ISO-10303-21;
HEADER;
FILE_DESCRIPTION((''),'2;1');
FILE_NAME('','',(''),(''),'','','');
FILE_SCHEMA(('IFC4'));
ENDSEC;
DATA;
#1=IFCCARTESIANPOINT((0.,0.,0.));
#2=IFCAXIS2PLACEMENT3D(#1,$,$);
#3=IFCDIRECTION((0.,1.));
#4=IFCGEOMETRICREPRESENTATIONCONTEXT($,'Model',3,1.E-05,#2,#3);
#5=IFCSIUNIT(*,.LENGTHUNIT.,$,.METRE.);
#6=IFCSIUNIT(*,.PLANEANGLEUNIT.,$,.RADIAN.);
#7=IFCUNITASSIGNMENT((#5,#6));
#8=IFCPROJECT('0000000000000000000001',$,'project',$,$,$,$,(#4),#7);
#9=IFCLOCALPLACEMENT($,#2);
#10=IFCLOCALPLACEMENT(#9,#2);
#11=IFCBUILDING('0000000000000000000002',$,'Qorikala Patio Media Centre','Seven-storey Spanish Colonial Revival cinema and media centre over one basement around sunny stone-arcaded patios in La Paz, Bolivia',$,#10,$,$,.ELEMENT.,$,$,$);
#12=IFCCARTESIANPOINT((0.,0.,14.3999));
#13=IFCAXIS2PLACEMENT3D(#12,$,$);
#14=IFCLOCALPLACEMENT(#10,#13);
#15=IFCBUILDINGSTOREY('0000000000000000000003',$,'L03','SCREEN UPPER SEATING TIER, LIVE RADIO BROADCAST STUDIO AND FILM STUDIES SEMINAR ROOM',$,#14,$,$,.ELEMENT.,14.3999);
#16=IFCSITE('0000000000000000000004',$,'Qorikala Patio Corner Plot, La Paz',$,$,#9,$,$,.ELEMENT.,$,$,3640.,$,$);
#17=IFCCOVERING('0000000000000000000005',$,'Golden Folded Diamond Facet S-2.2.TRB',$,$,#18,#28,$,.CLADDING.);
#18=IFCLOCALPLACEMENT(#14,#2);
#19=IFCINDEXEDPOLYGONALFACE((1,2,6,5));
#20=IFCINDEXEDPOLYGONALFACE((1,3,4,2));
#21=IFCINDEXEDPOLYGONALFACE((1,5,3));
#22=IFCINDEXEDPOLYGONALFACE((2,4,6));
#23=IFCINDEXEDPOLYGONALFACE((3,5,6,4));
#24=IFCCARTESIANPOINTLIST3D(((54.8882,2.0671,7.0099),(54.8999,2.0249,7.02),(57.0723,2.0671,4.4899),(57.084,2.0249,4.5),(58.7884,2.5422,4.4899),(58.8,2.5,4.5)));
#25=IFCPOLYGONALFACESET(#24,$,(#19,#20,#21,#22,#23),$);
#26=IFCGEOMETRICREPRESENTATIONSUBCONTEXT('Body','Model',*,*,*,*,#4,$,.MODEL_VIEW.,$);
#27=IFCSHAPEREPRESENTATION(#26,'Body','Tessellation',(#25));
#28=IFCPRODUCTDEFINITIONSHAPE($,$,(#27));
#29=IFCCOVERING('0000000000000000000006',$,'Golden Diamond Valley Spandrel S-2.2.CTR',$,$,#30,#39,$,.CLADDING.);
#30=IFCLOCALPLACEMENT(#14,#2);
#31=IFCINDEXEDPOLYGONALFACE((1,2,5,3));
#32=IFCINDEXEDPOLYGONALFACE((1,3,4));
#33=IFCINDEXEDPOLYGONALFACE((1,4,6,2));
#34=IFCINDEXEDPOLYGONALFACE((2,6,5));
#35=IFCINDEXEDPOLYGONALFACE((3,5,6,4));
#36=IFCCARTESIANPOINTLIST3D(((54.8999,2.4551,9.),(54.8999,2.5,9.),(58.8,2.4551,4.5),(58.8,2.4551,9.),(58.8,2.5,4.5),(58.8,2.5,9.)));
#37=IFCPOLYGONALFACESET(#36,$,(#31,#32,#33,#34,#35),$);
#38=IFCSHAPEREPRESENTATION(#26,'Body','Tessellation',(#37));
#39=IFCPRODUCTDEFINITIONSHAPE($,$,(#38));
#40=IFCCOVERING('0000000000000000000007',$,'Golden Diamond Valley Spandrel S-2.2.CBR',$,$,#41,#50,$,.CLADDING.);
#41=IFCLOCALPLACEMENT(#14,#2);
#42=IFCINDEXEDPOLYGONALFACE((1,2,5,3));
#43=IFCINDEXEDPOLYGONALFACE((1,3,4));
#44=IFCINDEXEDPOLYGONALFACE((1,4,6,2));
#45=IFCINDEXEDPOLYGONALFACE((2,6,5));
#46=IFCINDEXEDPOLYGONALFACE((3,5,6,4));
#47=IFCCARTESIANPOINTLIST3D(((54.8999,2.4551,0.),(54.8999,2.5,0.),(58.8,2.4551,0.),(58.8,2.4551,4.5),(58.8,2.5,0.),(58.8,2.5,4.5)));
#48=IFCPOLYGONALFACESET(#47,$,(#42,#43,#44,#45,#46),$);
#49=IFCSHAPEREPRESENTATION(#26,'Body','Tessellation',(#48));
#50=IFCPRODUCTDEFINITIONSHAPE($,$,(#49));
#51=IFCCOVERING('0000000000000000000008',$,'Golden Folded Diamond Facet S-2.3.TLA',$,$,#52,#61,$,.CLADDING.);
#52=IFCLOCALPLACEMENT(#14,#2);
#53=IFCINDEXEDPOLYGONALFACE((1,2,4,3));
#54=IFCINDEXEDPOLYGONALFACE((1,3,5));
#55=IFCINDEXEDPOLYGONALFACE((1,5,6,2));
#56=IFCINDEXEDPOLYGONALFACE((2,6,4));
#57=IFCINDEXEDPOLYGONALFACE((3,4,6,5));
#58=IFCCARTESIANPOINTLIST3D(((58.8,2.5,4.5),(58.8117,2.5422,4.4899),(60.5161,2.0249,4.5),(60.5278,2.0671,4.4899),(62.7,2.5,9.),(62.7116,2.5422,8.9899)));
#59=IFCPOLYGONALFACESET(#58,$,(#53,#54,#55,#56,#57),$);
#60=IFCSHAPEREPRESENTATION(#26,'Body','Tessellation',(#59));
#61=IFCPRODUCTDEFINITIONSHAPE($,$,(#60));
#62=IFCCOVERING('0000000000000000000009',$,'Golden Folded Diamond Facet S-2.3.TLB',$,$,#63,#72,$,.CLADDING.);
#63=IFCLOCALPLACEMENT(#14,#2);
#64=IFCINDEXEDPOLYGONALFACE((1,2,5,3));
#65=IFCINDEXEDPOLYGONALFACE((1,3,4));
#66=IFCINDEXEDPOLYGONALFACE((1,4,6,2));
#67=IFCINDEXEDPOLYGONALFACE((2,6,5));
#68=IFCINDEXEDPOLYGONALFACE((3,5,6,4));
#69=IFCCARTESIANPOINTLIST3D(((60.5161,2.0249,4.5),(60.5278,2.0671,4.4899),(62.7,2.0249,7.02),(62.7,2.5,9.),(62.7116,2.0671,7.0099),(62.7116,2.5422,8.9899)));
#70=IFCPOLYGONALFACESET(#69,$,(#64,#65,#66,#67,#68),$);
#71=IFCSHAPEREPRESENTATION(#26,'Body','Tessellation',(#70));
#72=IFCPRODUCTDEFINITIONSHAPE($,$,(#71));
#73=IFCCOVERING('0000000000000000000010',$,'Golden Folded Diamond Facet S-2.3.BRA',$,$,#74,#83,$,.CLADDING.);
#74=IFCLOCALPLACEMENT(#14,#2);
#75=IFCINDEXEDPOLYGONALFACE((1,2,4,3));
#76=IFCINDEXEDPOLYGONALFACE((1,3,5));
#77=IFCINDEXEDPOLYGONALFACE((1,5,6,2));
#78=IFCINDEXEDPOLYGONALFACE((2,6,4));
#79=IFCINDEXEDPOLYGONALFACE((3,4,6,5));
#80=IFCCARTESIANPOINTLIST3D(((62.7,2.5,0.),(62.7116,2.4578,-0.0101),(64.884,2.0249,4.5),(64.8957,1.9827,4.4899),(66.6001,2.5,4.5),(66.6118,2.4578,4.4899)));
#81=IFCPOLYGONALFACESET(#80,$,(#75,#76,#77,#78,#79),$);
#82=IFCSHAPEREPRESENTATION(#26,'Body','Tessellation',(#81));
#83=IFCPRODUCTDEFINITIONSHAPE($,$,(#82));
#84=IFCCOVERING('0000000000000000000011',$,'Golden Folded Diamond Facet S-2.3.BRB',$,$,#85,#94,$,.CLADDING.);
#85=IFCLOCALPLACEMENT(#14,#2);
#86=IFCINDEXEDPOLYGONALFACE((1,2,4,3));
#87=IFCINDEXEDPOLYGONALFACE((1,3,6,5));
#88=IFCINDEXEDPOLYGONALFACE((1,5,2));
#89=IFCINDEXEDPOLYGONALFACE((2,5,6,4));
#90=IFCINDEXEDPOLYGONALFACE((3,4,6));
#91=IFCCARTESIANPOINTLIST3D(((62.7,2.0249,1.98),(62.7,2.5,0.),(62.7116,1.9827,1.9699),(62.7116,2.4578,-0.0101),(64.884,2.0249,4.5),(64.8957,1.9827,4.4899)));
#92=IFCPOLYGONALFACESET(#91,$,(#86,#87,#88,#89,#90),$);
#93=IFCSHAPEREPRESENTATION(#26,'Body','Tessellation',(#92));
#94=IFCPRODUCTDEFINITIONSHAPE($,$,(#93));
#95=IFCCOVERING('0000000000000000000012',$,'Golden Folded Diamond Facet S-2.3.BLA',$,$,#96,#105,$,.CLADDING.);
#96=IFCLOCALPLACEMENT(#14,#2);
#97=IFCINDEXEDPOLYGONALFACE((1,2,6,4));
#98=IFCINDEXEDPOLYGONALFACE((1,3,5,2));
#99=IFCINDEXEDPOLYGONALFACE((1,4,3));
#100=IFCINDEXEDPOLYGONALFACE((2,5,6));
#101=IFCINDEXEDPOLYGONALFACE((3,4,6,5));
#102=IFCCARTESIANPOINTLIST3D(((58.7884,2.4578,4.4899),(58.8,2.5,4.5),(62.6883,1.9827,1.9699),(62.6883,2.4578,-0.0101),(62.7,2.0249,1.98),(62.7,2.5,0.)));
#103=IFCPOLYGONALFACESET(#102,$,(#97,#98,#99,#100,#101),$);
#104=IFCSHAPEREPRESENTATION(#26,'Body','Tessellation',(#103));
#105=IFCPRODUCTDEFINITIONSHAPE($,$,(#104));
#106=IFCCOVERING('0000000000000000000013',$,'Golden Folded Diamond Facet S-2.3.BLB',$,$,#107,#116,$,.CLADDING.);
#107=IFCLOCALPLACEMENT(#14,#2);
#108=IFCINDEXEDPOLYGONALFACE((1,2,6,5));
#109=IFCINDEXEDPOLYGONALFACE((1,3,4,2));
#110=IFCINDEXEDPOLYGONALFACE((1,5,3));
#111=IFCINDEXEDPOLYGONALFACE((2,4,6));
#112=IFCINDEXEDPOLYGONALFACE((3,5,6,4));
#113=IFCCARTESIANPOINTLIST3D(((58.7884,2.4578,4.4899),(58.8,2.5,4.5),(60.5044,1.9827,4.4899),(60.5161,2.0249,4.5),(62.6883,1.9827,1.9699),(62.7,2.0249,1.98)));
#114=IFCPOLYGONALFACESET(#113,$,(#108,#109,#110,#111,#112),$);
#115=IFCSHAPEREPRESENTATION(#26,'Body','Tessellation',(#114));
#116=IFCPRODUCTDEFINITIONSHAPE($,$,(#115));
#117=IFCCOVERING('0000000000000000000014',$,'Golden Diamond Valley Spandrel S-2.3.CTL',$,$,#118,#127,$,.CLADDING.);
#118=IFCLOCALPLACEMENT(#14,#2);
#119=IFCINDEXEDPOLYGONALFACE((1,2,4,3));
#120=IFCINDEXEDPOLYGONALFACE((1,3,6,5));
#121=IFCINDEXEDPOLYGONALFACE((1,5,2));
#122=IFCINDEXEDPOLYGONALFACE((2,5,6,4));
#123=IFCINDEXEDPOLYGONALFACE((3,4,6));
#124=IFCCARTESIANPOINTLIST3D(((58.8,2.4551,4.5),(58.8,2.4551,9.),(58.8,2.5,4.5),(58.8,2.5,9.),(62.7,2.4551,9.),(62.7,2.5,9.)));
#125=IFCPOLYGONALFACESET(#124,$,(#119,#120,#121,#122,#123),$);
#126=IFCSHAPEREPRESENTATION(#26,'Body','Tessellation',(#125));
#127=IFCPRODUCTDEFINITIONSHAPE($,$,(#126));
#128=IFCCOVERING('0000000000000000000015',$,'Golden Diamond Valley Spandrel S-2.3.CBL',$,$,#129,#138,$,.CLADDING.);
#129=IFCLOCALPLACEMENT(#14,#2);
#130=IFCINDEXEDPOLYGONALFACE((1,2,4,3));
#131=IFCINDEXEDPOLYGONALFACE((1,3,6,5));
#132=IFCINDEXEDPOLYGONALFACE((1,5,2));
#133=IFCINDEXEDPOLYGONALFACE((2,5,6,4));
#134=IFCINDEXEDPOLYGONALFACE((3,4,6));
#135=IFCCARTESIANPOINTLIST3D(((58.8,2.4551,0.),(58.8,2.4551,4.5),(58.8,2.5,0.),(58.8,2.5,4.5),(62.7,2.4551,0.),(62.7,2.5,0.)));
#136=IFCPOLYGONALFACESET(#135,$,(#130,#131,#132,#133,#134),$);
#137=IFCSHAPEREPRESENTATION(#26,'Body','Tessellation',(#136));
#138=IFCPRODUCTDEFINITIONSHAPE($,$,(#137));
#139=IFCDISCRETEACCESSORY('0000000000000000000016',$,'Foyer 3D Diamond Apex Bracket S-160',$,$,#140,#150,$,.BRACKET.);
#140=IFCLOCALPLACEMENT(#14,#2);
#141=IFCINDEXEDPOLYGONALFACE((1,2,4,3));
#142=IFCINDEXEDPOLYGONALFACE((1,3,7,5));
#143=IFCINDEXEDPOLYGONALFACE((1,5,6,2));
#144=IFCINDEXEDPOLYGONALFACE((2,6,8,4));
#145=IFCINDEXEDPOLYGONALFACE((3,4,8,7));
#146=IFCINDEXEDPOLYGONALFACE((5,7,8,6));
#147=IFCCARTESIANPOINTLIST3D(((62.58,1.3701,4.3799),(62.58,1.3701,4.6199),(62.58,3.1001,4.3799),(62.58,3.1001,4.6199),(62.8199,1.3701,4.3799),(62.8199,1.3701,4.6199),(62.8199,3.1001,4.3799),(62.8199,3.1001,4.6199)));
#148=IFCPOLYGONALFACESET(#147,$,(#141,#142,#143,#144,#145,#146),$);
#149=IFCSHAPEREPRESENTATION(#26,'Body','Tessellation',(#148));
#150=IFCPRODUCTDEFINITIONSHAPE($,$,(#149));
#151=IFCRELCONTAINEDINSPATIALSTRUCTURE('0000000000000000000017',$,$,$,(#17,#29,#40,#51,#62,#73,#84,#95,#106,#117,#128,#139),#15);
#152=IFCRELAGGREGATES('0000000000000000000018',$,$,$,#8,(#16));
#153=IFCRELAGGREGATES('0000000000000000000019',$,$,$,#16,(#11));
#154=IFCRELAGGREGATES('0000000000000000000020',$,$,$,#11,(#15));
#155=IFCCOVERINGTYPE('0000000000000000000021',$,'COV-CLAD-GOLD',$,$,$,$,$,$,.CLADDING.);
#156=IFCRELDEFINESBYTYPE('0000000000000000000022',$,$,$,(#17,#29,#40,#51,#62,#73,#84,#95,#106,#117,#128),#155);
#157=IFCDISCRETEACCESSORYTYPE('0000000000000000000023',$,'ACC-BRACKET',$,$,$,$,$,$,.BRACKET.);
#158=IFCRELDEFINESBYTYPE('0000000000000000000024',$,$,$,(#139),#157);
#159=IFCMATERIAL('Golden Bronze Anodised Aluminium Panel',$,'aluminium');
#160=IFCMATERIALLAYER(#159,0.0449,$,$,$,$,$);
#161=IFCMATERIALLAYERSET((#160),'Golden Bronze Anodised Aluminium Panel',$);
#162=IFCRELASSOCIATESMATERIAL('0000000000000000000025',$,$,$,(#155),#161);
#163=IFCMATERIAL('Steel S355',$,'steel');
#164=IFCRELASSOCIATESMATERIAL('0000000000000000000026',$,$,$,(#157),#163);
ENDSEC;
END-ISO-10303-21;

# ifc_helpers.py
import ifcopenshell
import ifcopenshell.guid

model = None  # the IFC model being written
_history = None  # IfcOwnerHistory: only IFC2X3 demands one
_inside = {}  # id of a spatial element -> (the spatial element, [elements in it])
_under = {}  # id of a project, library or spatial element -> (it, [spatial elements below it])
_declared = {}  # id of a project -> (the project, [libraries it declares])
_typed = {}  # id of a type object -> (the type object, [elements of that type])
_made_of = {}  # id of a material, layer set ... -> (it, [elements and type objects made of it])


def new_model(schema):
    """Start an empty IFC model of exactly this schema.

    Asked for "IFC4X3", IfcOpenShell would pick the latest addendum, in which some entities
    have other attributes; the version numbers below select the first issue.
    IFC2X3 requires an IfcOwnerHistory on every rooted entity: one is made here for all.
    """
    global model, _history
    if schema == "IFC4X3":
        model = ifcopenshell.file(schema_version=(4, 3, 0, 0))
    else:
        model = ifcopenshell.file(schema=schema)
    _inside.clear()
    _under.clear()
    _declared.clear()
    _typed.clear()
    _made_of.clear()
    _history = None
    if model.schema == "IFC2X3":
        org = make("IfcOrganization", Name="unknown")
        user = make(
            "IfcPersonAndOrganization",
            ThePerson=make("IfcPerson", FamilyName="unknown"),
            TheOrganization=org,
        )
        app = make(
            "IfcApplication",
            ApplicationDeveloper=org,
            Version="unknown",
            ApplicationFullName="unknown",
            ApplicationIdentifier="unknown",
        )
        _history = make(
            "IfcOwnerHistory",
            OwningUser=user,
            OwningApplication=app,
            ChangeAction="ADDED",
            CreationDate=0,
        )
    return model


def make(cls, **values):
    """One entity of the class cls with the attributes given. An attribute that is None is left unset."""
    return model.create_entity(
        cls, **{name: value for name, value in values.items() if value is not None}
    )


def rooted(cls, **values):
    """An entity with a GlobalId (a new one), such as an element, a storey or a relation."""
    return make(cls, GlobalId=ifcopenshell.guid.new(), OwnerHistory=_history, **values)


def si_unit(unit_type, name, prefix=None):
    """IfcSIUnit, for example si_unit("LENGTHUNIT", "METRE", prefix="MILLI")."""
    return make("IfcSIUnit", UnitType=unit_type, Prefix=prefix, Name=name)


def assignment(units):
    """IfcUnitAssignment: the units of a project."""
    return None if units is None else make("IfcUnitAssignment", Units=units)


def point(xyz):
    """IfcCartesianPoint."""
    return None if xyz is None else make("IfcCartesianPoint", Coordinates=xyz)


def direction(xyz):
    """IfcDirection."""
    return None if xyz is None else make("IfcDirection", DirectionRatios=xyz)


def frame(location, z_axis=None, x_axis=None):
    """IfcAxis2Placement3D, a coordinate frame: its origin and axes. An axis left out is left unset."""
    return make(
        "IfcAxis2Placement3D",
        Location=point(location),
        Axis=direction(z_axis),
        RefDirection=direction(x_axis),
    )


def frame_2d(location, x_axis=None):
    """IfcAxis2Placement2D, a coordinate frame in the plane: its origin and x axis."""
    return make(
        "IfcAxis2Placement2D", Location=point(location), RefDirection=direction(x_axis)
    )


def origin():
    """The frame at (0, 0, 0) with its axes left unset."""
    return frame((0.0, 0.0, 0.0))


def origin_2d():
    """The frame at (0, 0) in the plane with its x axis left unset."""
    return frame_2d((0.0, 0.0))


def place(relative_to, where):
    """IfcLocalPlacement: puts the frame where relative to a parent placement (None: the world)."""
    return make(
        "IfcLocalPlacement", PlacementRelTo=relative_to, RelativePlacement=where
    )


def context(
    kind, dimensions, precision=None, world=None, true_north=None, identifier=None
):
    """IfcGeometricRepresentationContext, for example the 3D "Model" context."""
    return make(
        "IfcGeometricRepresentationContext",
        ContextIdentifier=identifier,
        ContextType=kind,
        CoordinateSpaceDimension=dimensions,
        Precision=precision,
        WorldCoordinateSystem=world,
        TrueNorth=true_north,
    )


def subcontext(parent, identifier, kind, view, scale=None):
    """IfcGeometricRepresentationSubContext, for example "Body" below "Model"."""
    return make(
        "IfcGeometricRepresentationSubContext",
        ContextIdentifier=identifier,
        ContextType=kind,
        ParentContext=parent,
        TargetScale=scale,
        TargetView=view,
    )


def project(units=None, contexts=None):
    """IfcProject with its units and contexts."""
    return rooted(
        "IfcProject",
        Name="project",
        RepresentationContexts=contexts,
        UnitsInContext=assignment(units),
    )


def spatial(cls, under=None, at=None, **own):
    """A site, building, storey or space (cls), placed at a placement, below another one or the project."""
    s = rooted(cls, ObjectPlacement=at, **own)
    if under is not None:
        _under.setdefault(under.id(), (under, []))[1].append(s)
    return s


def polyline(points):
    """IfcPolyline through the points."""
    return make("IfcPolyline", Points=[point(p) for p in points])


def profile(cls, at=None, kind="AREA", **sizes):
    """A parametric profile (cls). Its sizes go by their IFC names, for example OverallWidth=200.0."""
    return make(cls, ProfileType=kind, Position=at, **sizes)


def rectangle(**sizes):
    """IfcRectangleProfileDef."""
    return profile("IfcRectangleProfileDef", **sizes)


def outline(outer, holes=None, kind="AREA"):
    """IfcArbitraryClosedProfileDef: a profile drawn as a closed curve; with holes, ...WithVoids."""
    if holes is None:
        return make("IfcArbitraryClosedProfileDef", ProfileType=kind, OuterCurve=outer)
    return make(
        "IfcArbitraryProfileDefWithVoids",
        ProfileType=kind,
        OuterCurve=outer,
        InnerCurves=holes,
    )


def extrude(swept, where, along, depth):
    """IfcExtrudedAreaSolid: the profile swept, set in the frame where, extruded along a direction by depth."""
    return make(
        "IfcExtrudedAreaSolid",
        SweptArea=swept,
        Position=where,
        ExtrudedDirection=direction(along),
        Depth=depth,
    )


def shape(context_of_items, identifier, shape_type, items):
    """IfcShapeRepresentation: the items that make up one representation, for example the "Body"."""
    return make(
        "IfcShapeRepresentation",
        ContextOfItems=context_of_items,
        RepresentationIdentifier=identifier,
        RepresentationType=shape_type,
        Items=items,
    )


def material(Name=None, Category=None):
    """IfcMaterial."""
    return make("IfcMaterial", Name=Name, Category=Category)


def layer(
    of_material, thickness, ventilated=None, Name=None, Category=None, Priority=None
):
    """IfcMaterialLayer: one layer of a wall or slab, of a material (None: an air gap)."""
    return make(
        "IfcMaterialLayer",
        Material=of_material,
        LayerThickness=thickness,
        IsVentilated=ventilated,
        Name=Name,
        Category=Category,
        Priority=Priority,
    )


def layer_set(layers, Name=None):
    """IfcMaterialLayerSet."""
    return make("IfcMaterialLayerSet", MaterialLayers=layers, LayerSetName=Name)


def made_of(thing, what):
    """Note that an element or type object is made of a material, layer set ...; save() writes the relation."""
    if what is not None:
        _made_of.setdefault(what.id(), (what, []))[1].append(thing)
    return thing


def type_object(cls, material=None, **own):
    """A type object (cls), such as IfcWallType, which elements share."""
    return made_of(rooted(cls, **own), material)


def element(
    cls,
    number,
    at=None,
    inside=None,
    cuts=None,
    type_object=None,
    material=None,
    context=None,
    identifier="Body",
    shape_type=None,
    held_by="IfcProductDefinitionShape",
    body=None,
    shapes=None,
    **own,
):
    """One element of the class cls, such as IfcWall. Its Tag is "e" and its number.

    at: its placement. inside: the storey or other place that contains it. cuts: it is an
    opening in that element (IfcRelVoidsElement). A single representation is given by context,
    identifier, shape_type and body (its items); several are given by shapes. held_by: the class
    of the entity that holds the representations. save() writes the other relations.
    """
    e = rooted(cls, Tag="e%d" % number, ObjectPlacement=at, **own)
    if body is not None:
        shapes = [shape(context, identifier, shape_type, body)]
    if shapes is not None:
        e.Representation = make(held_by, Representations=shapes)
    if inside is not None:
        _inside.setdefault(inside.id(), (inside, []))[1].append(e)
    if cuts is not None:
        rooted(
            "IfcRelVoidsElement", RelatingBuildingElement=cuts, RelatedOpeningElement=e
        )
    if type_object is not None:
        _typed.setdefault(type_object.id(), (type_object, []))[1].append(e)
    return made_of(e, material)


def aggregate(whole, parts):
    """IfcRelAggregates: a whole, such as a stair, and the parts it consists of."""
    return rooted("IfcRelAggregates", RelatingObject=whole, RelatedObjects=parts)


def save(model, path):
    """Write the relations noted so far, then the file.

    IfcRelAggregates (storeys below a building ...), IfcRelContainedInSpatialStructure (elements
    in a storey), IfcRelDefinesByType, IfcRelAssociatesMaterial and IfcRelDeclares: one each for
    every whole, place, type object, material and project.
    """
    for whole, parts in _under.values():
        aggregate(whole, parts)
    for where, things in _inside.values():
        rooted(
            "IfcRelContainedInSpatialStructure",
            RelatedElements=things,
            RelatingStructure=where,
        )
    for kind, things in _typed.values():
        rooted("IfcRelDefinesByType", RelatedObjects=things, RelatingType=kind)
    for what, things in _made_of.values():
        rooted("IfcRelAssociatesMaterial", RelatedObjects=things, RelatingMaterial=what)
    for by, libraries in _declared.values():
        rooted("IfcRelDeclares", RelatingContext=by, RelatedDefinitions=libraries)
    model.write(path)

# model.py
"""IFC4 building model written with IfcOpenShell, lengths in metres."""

from ifc_helpers import new_model, si_unit, direction, frame, origin, origin_2d, place, context, subcontext, project, spatial, polyline, rectangle, outline, extrude, material, layer, layer_set, type_object, element, save


model = new_model("IFC4")

# Units and contexts
model_context = context("Model", 3, precision=1e-05, world=origin(), true_north=direction((0.0, 1.0)))
body_context = subcontext(model_context, "Body", "Model", "MODEL_VIEW")
ifc_project = project(units=[si_unit("LENGTHUNIT", "METRE"), si_unit("PLANEANGLEUNIT", "RADIAN")], contexts=[model_context])

# Site, building, storey
site_placement = place(None, origin())
site = spatial("IfcSite", under=ifc_project, at=site_placement, Name="Qorikala Patio Corner Plot, La Paz", CompositionType="ELEMENT", RefElevation=3640.0)
building_placement = place(site_placement, origin())
building = spatial("IfcBuilding", under=site, at=building_placement, Name="Qorikala Patio Media Centre", Description="Seven-storey Spanish Colonial Revival cinema and media centre over one basement around sunny stone-arcaded patios in La Paz, Bolivia", CompositionType="ELEMENT")
storey_placement = place(building_placement, frame((0.0, 0.0, 14.3999)))
storey = spatial("IfcBuildingStorey", under=building, at=storey_placement, Name="L03", Description="SCREEN UPPER SEATING TIER, LIVE RADIO BROADCAST STUDIO AND FILM STUDIES SEMINAR ROOM", CompositionType="ELEMENT", Elevation=14.3999)

# Coverings
ifc_material_1 = material(Name="Golden Bronze Anodised Aluminium Panel", Category="aluminium")
ifc_layer_1 = layer(ifc_material_1, 0.0449)
ifc_layer_set_1 = layer_set([ifc_layer_1], Name="Golden Bronze Anodised Aluminium Panel")
covering_type = type_object("IfcCoveringType", Name="COV-CLAD-GOLD", PredefinedType="CLADDING", material=ifc_layer_set_1)
covering_1_placement = place(storey_placement, frame((58.8, 2.5, 4.5), z_axis=(0.259956, -0.938968, 0.225302), x_axis=(-0.835562, -0.101784, 0.539885)))
element("IfcCovering", 1, at=covering_1_placement, inside=storey, type_object=covering_type, Name="Golden Folded Diamond Facet S-2.2.TRB", PredefinedType="CLADDING", context=body_context, shape_type="SweptSolid", body=[
    extrude(outline(polyline([(0.0, 0.0), (4.6677, 0.0), (1.4822, 0.9867), (0.0, 0.0)])), origin(), (0.0, 0.0, -1.0), 0.0449),
])
covering_2_placement = place(storey_placement, frame((58.8, 2.5, 9.0), z_axis=(0.0, 1.0, 0.0), x_axis=(0.0, 0.0, -1.0)))
element("IfcCovering", 2, at=covering_2_placement, inside=storey, type_object=covering_type, Name="Golden Diamond Valley Spandrel S-2.2.CTR", PredefinedType="CLADDING", context=body_context, shape_type="SweptSolid", body=[
    extrude(outline(polyline([(0.0, 0.0), (4.5, 0.0), (0.0, 3.9001), (0.0, 0.0)])), origin(), (0.0, 0.0, -1.0), 0.0449),
])
covering_3_placement = place(storey_placement, frame((58.8, 2.5, 0.0), z_axis=(0.0, 1.0, 0.0), x_axis=(-1.0, 0.0, 0.0)))
element("IfcCovering", 3, at=covering_3_placement, inside=storey, type_object=covering_type, Name="Golden Diamond Valley Spandrel S-2.2.CBR", PredefinedType="CLADDING", context=body_context, shape_type="SweptSolid", body=[
    extrude(outline(polyline([(0.0, 0.0), (3.9001, 0.0), (0.0, 4.5), (0.0, 0.0)])), origin(), (0.0, 0.0, -1.0), 0.0449),
])
covering_4_placement = place(storey_placement, frame((62.7, 2.5, 9.0), z_axis=(-0.259957, -0.938971, 0.22529), x_axis=(-0.654921, 0.0, -0.755697)))
element("IfcCovering", 4, at=covering_4_placement, inside=storey, type_object=covering_type, Name="Golden Folded Diamond Facet S-2.3.TLA", PredefinedType="CLADDING", context=body_context, shape_type="SweptSolid", body=[
    extrude(outline(polyline([(0.0, 0.0), (5.9548, 0.0), (4.8309, 1.3811), (0.0, 0.0)])), origin(), (0.0, 0.0, -1.0), 0.0449),
])
covering_5_placement = place(storey_placement, frame((62.7, 2.5, 9.0), z_axis=(-0.259987, -0.938959, 0.225304), x_axis=(-0.434644, -0.094558, -0.895625)))
element("IfcCovering", 5, at=covering_5_placement, inside=storey, type_object=covering_type, Name="Golden Folded Diamond Facet S-2.3.TLB", PredefinedType="CLADDING", context=body_context, shape_type="SweptSolid", body=[
    extrude(outline(polyline([(0.0, 0.0), (5.0244, 0.0), (1.8182, 0.9165), (0.0, 0.0)])), origin(), (0.0, 0.0, -1.0), 0.0449),
])
covering_6_placement = place(storey_placement, frame((62.7, 2.5, 0.0), z_axis=(-0.259956, 0.938968, 0.225304), x_axis=(0.654945, 0.0, 0.755677)))
element("IfcCovering", 6, at=covering_6_placement, inside=storey, type_object=covering_type, Name="Golden Folded Diamond Facet S-2.3.BRA", PredefinedType="CLADDING", context=body_context, shape_type="SweptSolid", body=[
    extrude(outline(polyline([(0.0, 0.0), (5.9549, 0.0), (4.831, -1.3811), (0.0, 0.0)])), origin(), (0.0, 0.0, -1.0), 0.0449),
])
covering_7_placement = place(storey_placement, frame((62.7, 2.5, 0.0), z_axis=(-0.25996, 0.938966, 0.225306), x_axis=(0.434684, -0.094556, 0.895606)))
element("IfcCovering", 7, at=covering_7_placement, inside=storey, type_object=covering_type, Name="Golden Folded Diamond Facet S-2.3.BRB", PredefinedType="CLADDING", context=body_context, shape_type="SweptSolid", body=[
    extrude(outline(polyline([(0.0, 0.0), (5.0245, 0.0), (1.8182, -0.9166), (0.0, 0.0)])), origin(), (0.0, 0.0, -1.0), 0.0449),
])
covering_8_placement = place(storey_placement, frame((58.8, 2.5, 4.5), z_axis=(0.259974, 0.938963, 0.225305), x_axis=(0.654921, 0.0, -0.755697)))
element("IfcCovering", 8, at=covering_8_placement, inside=storey, type_object=covering_type, Name="Golden Folded Diamond Facet S-2.3.BLA", PredefinedType="CLADDING", context=body_context, shape_type="SweptSolid", body=[
    extrude(outline(polyline([(0.0, 0.0), (5.9548, 0.0), (4.4585, -1.381), (0.0, 0.0)])), origin(), (0.0, 0.0, -1.0), 0.0449),
])
covering_9_placement = place(storey_placement, frame((58.8, 2.5, 4.5), z_axis=(0.259958, 0.938974, 0.225278), x_axis=(0.835546, -0.101789, -0.539909)))
element("IfcCovering", 9, at=covering_9_placement, inside=storey, type_object=covering_type, Name="Golden Folded Diamond Facet S-2.3.BLB", PredefinedType="CLADDING", context=body_context, shape_type="SweptSolid", body=[
    extrude(outline(polyline([(0.0, 0.0), (4.6675, 0.0), (1.4822, -0.9867), (0.0, 0.0)])), origin(), (0.0, 0.0, -1.0), 0.0449),
])
covering_10_placement = place(storey_placement, frame((58.8, 2.5, 9.0), z_axis=(0.0, 1.0, 0.0), x_axis=(1.0, 0.0, 0.0)))
element("IfcCovering", 10, at=covering_10_placement, inside=storey, type_object=covering_type, Name="Golden Diamond Valley Spandrel S-2.3.CTL", PredefinedType="CLADDING", context=body_context, shape_type="SweptSolid", body=[
    extrude(outline(polyline([(0.0, 0.0), (3.8999, 0.0), (0.0, 4.5), (0.0, 0.0)])), origin(), (0.0, 0.0, -1.0), 0.0449),
])
covering_11_placement = place(storey_placement, frame((58.8, 2.5, 0.0), z_axis=(0.0, 1.0, 0.0), x_axis=(0.0, 0.0, 1.0)))
element("IfcCovering", 11, at=covering_11_placement, inside=storey, type_object=covering_type, Name="Golden Diamond Valley Spandrel S-2.3.CBL", PredefinedType="CLADDING", context=body_context, shape_type="SweptSolid", body=[
    extrude(outline(polyline([(0.0, 0.0), (4.5, 0.0), (0.0, 3.8999), (0.0, 0.0)])), origin(), (0.0, 0.0, -1.0), 0.0449),
])

# Discrete accessory
ifc_material_2 = material(Name="Steel S355", Category="steel")
discrete_accessory_type = type_object("IfcDiscreteAccessoryType", Name="ACC-BRACKET", PredefinedType="BRACKET", material=ifc_material_2)
discrete_accessory_placement = place(storey_placement, frame((62.7, 2.2351, 4.3799), z_axis=(0.0, 0.0, 1.0), x_axis=(1.0, 0.0, 0.0)))
element("IfcDiscreteAccessory", 12, at=discrete_accessory_placement, inside=storey, type_object=discrete_accessory_type, Name="Foyer 3D Diamond Apex Bracket S-160", PredefinedType="BRACKET", context=body_context, shape_type="SweptSolid", body=[
    extrude(rectangle(XDim=0.24, YDim=1.73, at=origin_2d()), origin(), (0.0, 0.0, 1.0), 0.24),
])

save(model, "model.ifc")
